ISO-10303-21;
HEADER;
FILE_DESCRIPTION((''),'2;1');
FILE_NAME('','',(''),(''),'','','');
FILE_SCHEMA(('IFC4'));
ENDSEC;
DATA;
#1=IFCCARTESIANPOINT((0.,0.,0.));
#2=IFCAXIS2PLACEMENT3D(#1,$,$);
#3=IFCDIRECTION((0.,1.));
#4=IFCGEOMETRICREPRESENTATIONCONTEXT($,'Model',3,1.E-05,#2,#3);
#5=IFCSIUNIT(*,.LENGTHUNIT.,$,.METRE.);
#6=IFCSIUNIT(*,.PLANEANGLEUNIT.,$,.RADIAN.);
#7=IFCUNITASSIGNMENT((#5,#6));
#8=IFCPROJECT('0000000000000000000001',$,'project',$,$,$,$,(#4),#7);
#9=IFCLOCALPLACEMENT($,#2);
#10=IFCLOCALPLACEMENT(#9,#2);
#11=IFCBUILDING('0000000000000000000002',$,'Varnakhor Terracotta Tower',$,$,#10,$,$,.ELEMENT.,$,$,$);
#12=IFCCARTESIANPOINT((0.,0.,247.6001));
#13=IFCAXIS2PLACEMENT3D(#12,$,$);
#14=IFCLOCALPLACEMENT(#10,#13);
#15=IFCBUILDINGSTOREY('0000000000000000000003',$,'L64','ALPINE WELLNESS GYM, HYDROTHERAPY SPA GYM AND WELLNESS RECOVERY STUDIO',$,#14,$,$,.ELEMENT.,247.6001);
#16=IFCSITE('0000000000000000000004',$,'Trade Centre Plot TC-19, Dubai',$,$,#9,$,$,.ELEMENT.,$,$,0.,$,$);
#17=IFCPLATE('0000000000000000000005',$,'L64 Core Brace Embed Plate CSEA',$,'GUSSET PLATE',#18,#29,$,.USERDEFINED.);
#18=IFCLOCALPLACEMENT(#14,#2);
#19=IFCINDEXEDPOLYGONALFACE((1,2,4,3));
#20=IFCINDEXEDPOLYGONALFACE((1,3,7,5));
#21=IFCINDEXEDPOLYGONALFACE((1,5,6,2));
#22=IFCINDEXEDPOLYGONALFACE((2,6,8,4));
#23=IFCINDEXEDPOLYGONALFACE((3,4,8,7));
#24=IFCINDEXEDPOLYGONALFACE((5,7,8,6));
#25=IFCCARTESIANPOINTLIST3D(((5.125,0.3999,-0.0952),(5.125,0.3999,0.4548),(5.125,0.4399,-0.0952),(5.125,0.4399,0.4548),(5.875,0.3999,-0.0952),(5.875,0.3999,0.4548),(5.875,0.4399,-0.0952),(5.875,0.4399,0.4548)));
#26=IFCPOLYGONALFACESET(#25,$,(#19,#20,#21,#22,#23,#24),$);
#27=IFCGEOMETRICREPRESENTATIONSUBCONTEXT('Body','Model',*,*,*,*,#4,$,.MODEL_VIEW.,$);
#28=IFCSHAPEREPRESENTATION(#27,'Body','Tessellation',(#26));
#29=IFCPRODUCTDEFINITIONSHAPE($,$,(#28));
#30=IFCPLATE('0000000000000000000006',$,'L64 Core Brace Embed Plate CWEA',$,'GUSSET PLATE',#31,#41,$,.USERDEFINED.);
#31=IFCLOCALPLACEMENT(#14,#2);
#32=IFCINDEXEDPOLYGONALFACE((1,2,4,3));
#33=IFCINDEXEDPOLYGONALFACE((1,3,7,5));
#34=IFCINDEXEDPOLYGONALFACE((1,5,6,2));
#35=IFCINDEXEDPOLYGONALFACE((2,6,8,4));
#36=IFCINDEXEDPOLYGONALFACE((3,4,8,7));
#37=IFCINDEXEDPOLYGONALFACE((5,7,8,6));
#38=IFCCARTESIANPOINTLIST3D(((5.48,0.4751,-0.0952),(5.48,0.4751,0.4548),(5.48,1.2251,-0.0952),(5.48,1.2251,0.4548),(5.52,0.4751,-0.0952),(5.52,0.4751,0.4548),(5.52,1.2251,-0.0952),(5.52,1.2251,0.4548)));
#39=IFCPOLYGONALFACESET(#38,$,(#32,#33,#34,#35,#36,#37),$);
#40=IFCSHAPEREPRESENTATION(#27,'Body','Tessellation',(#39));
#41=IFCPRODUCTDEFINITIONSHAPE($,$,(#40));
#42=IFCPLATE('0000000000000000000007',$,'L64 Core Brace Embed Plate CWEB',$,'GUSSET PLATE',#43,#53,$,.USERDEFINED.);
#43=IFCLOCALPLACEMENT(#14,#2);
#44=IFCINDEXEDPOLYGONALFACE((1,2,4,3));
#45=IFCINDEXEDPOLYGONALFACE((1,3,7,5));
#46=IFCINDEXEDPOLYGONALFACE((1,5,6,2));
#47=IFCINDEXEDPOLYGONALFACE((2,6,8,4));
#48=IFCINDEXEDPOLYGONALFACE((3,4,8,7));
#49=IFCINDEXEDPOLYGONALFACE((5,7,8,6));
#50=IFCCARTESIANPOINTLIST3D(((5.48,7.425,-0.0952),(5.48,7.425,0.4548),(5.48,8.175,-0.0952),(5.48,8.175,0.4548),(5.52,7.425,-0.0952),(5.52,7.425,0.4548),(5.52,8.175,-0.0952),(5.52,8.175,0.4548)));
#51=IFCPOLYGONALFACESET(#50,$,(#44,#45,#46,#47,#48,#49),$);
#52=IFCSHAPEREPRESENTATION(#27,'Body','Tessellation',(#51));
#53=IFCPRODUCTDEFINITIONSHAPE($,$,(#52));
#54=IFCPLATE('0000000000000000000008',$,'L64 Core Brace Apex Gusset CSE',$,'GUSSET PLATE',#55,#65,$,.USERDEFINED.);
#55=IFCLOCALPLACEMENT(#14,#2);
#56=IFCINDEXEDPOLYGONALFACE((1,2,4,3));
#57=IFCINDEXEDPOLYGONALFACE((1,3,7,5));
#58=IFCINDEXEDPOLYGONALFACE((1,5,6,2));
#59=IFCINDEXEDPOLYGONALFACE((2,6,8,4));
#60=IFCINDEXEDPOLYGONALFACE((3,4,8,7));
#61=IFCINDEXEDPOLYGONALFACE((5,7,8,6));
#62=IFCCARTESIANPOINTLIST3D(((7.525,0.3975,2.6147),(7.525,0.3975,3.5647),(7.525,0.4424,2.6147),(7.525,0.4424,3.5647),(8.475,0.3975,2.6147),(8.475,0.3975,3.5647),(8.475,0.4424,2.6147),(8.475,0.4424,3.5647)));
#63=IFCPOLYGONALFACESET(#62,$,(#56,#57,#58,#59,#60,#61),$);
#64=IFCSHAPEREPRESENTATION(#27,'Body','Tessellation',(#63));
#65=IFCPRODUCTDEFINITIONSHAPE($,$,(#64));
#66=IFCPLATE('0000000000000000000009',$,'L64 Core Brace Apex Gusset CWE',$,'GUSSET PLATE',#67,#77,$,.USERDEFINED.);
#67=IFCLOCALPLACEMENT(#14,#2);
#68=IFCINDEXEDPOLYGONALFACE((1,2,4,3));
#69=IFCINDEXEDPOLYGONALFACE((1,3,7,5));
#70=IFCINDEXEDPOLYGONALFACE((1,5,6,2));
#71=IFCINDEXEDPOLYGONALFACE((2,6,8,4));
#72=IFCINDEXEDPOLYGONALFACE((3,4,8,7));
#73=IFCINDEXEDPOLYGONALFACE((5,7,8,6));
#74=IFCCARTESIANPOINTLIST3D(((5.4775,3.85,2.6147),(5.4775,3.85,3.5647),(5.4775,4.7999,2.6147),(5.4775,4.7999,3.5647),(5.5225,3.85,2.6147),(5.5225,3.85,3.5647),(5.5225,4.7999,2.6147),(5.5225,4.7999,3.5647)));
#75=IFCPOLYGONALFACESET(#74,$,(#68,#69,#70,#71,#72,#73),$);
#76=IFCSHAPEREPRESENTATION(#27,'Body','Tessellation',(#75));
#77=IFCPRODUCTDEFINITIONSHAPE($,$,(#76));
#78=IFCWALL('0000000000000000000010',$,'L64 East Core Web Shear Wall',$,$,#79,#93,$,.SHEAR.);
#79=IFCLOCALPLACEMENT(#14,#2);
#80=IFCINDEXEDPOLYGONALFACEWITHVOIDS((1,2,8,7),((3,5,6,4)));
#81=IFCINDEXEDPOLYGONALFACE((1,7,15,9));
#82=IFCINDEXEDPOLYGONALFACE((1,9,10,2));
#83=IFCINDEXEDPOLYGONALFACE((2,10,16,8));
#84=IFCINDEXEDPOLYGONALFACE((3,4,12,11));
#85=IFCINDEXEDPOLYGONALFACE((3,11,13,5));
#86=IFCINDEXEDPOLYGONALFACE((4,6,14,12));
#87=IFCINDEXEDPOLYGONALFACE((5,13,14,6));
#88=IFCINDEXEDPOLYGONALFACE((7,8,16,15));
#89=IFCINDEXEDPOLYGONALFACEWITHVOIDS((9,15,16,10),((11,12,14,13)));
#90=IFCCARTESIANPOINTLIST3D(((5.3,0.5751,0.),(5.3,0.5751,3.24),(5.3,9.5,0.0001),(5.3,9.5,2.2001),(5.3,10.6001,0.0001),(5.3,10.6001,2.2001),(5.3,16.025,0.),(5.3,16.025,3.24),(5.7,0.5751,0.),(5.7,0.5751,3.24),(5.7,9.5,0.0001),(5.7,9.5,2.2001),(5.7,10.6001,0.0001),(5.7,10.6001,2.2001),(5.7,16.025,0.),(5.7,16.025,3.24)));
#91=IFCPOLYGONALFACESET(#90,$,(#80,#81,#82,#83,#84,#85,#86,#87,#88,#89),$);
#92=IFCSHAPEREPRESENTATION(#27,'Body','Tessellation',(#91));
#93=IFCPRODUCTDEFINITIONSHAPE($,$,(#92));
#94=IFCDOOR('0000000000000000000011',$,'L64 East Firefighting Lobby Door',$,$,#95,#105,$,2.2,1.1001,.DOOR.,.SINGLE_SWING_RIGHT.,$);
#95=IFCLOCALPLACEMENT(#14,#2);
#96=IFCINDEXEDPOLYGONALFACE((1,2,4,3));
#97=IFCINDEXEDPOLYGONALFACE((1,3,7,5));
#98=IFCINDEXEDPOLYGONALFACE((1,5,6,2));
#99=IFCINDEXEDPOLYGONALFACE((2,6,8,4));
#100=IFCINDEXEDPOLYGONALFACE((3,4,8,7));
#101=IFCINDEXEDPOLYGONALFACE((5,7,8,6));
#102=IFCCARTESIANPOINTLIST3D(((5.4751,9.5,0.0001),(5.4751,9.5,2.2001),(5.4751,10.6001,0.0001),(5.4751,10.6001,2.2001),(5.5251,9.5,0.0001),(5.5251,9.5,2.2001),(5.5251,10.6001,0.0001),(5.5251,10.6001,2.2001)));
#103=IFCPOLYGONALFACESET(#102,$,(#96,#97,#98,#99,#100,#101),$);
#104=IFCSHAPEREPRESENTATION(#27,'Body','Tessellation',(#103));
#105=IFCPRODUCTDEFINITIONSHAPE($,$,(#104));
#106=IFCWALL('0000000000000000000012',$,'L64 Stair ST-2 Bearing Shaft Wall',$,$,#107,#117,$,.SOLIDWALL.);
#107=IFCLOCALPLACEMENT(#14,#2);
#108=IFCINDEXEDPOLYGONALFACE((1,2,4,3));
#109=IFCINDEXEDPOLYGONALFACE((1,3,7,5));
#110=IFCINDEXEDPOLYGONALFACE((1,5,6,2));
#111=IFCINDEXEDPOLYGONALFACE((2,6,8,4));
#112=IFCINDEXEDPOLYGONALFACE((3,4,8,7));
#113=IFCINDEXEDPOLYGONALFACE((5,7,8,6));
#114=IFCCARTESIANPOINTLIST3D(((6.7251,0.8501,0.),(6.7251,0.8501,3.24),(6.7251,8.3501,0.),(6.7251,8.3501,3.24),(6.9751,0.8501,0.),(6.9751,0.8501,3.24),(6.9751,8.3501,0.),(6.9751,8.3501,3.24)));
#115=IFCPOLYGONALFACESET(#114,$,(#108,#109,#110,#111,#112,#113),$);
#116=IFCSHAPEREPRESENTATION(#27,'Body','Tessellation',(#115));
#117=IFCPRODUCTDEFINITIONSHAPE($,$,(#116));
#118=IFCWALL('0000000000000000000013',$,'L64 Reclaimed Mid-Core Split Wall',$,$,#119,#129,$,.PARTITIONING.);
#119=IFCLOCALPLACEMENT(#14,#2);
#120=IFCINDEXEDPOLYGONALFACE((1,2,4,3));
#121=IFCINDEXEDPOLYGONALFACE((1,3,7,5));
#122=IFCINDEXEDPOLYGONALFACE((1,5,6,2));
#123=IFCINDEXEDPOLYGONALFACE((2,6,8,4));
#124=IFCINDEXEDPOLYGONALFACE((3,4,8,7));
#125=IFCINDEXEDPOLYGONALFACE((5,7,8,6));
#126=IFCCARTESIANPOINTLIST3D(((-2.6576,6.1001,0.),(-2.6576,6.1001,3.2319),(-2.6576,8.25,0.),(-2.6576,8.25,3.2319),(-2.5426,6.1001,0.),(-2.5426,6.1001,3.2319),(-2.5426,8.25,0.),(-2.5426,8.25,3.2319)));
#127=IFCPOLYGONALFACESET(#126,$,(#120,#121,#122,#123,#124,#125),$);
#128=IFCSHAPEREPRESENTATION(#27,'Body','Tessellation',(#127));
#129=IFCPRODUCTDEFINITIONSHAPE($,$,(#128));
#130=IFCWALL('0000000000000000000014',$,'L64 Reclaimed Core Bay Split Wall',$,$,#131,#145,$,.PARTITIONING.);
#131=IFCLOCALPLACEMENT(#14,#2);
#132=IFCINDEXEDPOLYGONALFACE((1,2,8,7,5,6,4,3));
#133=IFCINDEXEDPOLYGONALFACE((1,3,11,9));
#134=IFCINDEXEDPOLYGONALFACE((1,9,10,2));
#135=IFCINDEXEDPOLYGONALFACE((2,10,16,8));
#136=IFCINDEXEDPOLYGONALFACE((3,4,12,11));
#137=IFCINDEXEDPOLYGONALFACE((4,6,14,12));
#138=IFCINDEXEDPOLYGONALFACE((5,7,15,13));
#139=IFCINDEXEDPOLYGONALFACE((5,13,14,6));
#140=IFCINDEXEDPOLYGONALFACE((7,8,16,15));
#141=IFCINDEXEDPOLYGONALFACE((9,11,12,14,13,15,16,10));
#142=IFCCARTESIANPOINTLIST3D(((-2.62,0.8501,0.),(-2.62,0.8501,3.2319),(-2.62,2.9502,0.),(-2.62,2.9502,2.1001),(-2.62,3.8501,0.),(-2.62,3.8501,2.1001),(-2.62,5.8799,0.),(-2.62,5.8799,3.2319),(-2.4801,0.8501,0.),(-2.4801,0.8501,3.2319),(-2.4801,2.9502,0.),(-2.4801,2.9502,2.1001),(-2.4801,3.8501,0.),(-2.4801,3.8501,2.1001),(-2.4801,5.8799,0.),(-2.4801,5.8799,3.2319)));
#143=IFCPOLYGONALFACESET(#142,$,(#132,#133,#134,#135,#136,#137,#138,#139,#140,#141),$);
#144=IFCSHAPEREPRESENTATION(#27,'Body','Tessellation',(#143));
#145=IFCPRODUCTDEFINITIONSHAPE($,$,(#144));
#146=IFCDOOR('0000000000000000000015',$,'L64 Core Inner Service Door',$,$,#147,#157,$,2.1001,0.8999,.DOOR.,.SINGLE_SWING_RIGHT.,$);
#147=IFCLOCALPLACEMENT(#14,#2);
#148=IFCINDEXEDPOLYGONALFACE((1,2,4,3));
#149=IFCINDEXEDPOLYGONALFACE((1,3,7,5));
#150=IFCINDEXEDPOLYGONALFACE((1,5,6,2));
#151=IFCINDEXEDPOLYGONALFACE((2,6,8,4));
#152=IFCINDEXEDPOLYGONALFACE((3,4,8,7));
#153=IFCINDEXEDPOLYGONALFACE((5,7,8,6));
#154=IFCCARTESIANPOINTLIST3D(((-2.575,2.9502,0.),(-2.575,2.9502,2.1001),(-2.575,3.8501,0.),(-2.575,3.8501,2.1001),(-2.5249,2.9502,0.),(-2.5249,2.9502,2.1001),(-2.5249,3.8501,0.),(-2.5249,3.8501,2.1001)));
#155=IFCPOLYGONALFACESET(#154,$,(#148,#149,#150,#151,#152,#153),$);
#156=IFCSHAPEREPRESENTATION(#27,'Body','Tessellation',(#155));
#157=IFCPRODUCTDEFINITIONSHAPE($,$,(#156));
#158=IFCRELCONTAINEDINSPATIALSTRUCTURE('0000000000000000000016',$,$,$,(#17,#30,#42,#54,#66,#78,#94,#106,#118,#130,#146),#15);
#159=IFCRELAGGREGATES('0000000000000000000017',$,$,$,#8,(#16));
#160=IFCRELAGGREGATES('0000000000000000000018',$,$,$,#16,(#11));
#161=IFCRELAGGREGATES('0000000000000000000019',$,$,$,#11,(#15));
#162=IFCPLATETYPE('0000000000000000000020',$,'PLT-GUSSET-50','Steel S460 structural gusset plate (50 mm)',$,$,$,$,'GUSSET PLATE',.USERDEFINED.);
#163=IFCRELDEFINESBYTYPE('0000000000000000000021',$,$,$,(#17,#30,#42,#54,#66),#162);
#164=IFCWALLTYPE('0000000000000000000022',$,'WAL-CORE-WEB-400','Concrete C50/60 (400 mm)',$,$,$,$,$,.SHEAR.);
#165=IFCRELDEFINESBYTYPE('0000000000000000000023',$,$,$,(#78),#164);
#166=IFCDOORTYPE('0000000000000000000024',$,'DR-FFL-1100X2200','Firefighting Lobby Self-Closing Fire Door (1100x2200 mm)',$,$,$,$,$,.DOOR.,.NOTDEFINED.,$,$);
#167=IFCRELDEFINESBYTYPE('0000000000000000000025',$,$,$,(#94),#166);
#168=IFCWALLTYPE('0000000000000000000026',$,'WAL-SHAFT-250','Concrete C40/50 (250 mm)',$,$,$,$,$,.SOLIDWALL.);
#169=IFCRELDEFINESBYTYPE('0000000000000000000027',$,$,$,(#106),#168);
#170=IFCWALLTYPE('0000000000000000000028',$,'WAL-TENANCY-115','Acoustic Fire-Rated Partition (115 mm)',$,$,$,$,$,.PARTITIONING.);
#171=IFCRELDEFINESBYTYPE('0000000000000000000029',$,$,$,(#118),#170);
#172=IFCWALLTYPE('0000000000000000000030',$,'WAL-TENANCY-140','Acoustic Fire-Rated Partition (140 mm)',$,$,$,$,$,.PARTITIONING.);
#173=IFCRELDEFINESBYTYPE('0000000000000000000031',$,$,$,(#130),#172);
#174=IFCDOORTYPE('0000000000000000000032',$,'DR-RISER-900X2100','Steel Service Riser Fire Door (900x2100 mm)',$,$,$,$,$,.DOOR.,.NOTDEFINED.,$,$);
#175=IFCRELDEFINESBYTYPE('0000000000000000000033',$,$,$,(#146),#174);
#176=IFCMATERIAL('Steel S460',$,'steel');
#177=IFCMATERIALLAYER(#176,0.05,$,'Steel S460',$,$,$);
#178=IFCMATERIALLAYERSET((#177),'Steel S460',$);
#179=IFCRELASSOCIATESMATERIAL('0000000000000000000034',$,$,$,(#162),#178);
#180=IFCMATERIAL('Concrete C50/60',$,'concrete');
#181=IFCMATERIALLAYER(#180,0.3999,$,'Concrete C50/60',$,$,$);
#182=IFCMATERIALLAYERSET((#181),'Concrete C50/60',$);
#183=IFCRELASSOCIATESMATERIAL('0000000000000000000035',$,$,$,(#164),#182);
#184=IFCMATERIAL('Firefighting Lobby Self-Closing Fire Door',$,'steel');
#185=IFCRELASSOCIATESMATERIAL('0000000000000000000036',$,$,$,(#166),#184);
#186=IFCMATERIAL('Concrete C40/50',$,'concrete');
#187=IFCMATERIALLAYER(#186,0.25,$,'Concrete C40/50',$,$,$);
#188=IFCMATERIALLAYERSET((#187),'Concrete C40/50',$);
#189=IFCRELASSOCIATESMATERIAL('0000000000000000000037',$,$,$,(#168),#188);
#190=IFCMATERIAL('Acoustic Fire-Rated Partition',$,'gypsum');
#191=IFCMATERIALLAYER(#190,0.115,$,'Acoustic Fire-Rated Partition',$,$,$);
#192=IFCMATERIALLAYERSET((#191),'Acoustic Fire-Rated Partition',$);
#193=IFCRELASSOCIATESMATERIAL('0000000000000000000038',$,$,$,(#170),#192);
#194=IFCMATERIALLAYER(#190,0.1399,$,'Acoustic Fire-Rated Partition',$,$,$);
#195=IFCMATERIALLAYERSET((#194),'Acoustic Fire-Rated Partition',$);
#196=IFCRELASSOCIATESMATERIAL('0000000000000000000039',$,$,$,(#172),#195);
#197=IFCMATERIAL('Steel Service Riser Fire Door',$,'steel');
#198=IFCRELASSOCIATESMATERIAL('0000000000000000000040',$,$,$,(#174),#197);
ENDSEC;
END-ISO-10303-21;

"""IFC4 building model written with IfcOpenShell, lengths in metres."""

from ifc_helpers import new_model, si_unit, direction, frame, frame_2d, origin, origin_2d, place, context, subcontext, project, spatial, rectangle, extrude, source, transform, mapped, material, layer, layer_set, type_object, type_shapes, element, fill, save


model = new_model("IFC4")

# Units and contexts
model_context = context("Model", 3, precision=1e-05, world=origin(), true_north=direction((0.0, 1.0)))
body_context = subcontext(model_context, "Body", "Model", "MODEL_VIEW")
ifc_project = project(units=[si_unit("LENGTHUNIT", "METRE"), si_unit("PLANEANGLEUNIT", "RADIAN")], contexts=[model_context])

# Site, building, storey
site_placement = place(None, origin())
site = spatial("IfcSite", under=ifc_project, at=site_placement, Name="Trade Centre Plot TC-19, Dubai", CompositionType="ELEMENT", RefElevation=0.0)
building_placement = place(site_placement, origin())
building = spatial("IfcBuilding", under=site, at=building_placement, Name="Varnakhor Terracotta Tower", CompositionType="ELEMENT")
storey_placement = place(building_placement, frame((0.0, 0.0, 247.6001)))
storey = spatial("IfcBuildingStorey", under=building, at=storey_placement, Name="L64", Description="ALPINE WELLNESS GYM, HYDROTHERAPY SPA GYM AND WELLNESS RECOVERY STUDIO", CompositionType="ELEMENT", Elevation=247.6001)

# Shared definitions
ifc_material_1 = material(Name="Concrete C50/60", Category="concrete")

# Shared definitions
ifc_material_2 = material(Name="Concrete C40/50", Category="concrete")

# Plates
ifc_material_3 = material(Name="Steel S460", Category="steel")
ifc_layer_1 = layer(ifc_material_3, 0.05, Name="Steel S460")
ifc_layer_set_1 = layer_set([ifc_layer_1], Name="Steel S460")
plate_type = type_object("IfcPlateType", Name="PLT-GUSSET-50", Description="Steel S460 structural gusset plate (50 mm)", ElementType="GUSSET PLATE", PredefinedType="USERDEFINED", material=ifc_layer_set_1)
shared_shape_1 = source(origin(), body_context, "Body", "SweptSolid", [
    extrude(rectangle(XDim=0.75, YDim=0.04, at=origin_2d()), origin(), (0.0, 0.0, 1.0), 0.55),
])
type_shapes(plate_type, [shared_shape_1])
for number, where, z_axis, x_axis, name in (
    (1, (5.5, 0.4199, -0.0952), (0.0, 0.0, 1.0), (1.0, 0.0, 0.0), "L64 Core Brace Embed Plate CSEA"),
    (2, (5.5, 0.8501, -0.0952), (0.0, 0.0, 1.0), (0.0, 1.0, 0.0), "L64 Core Brace Embed Plate CWEA"),
    (3, (5.5, 7.8, -0.0952), (0.0, 0.0, 1.0), (0.0, 1.0, 0.0), "L64 Core Brace Embed Plate CWEB"),
):
    element("IfcPlate", number, at=place(storey_placement, frame(where, z_axis=z_axis, x_axis=x_axis)), inside=storey, type_object=plate_type, Name=name, ObjectType="GUSSET PLATE", PredefinedType="USERDEFINED", context=body_context, shape_type="MappedRepresentation", body=[
        mapped(shared_shape_1, transform((0.0, 0.0, 0.0), scale=1.0)),
    ])
shared_shape_2 = source(origin(), body_context, "Body", "SweptSolid", [
    extrude(rectangle(XDim=0.95, YDim=0.0449, at=origin_2d()), origin(), (0.0, 0.0, 1.0), 0.95),
])
for number, where, z_axis, x_axis, name in (
    (4, (8.0, 0.4199, 2.6147), (0.0, 0.0, 1.0), (1.0, 0.0, 0.0), "L64 Core Brace Apex Gusset CSE"),
    (5, (5.5, 4.325, 2.6147), (0.0, 0.0, 1.0), (0.0, 1.0, 0.0), "L64 Core Brace Apex Gusset CWE"),
):
    element("IfcPlate", number, at=place(storey_placement, frame(where, z_axis=z_axis, x_axis=x_axis)), inside=storey, type_object=plate_type, Name=name, ObjectType="GUSSET PLATE", PredefinedType="USERDEFINED", context=body_context, shape_type="MappedRepresentation", body=[
        mapped(shared_shape_2, transform((0.0, 0.0, 0.0), scale=1.0)),
    ])

# Wall, opening, door
ifc_layer_2 = layer(ifc_material_1, 0.3999, Name="Concrete C50/60")
ifc_layer_set_2 = layer_set([ifc_layer_2], Name="Concrete C50/60")
wall_type_1 = type_object("IfcWallType", Name="WAL-CORE-WEB-400", Description="Concrete C50/60 (400 mm)", PredefinedType="SHEAR", material=ifc_layer_set_2)
wall_1_placement = place(storey_placement, frame((5.5, 0.575, 0.0), z_axis=(0.0, 0.0, 1.0), x_axis=(0.0, 1.0, 0.0)))
wall_1 = element("IfcWall", 6, at=wall_1_placement, inside=storey, type_object=wall_type_1, Name="L64 East Core Web Shear Wall", PredefinedType="SHEAR", context=body_context, shape_type="SweptSolid", body=[
    extrude(rectangle(XDim=15.45, YDim=0.3999, at=frame_2d((7.7251, 0.0))), origin(), (0.0, 0.0, 1.0), 3.24),
])
opening_1_placement = place(wall_1_placement, frame((8.925, 0.0, 0.0)))
opening_1 = element("IfcOpeningElement", 7, at=opening_1_placement, cuts=wall_1, PredefinedType="OPENING", context=body_context, shape_type="SweptSolid", body=[
    extrude(rectangle(XDim=1.1001, YDim=2.2, at=frame_2d((0.55, 1.1001))), frame((0.0, 0.21, 0.0), z_axis=(0.0, -1.0, 0.0), x_axis=(1.0, 0.0, 0.0)), (0.0, 0.0, 1.0), 0.4199),
])
ifc_material_4 = material(Name="Firefighting Lobby Self-Closing Fire Door", Category="steel")
door_type_1 = type_object("IfcDoorType", Name="DR-FFL-1100X2200", Description="Firefighting Lobby Self-Closing Fire Door (1100x2200 mm)", OperationType="NOTDEFINED", PredefinedType="DOOR", material=ifc_material_4)
shared_shape_3 = source(origin(), body_context, "Body", "SweptSolid", [
    extrude(rectangle(XDim=1.1001, YDim=2.2, at=frame_2d((0.55, 1.1001))), frame((0.0, 0.0249, 0.0), z_axis=(0.0, -1.0, 0.0), x_axis=(1.0, 0.0, 0.0)), (0.0, 0.0, 1.0), 0.05),
])
type_shapes(door_type_1, [shared_shape_3])
door_1_placement = place(opening_1_placement, origin())
door_1 = element("IfcDoor", 8, at=door_1_placement, inside=storey, type_object=door_type_1, Name="L64 East Firefighting Lobby Door", OperationType="SINGLE_SWING_RIGHT", OverallHeight=2.2, OverallWidth=1.1001, PredefinedType="DOOR", context=body_context, shape_type="MappedRepresentation", body=[
    mapped(shared_shape_3, transform((0.0, 0.0, 0.0), scale=1.0)),
])
fill(opening_1, door_1)

# Walls
ifc_layer_3 = layer(ifc_material_2, 0.25, Name="Concrete C40/50")
ifc_layer_set_3 = layer_set([ifc_layer_3], Name="Concrete C40/50")
wall_type_2 = type_object("IfcWallType", Name="WAL-SHAFT-250", Description="Concrete C40/50 (250 mm)", PredefinedType="SOLIDWALL", material=ifc_layer_set_3)
wall_2_placement = place(storey_placement, frame((6.8501, 0.8501, 0.0), z_axis=(0.0, 0.0, 1.0), x_axis=(0.0, 1.0, 0.0)))
element("IfcWall", 9, at=wall_2_placement, inside=storey, type_object=wall_type_2, Name="L64 Stair ST-2 Bearing Shaft Wall", PredefinedType="SOLIDWALL", context=body_context, shape_type="SweptSolid", body=[
    extrude(rectangle(XDim=7.5, YDim=0.25, at=frame_2d((3.75, 0.0))), origin(), (0.0, 0.0, 1.0), 3.24),
])
ifc_material_5 = material(Name="Acoustic Fire-Rated Partition", Category="gypsum")
ifc_layer_4 = layer(ifc_material_5, 0.115, Name="Acoustic Fire-Rated Partition")
ifc_layer_set_4 = layer_set([ifc_layer_4], Name="Acoustic Fire-Rated Partition")
wall_type_3 = type_object("IfcWallType", Name="WAL-TENANCY-115", Description="Acoustic Fire-Rated Partition (115 mm)", PredefinedType="PARTITIONING", material=ifc_layer_set_4)
wall_3_placement = place(storey_placement, frame((-2.6001, 6.1001, 0.0), z_axis=(0.0, 0.0, 1.0), x_axis=(0.0, 1.0, 0.0)))
element("IfcWall", 10, at=wall_3_placement, inside=storey, type_object=wall_type_3, Name="L64 Reclaimed Mid-Core Split Wall", PredefinedType="PARTITIONING", context=body_context, shape_type="SweptSolid", body=[
    extrude(rectangle(XDim=2.1499, YDim=0.115, at=frame_2d((1.075, 0.0))), origin(), (0.0, 0.0, 1.0), 3.2319),
])

# Wall, opening, door
ifc_layer_5 = layer(ifc_material_5, 0.1399, Name="Acoustic Fire-Rated Partition")
ifc_layer_set_5 = layer_set([ifc_layer_5], Name="Acoustic Fire-Rated Partition")
wall_type_4 = type_object("IfcWallType", Name="WAL-TENANCY-140", Description="Acoustic Fire-Rated Partition (140 mm)", PredefinedType="PARTITIONING", material=ifc_layer_set_5)
wall_4_placement = place(storey_placement, frame((-2.55, 0.8501, 0.0), z_axis=(0.0, 0.0, 1.0), x_axis=(0.0, 1.0, 0.0)))
wall_4 = element("IfcWall", 11, at=wall_4_placement, inside=storey, type_object=wall_type_4, Name="L64 Reclaimed Core Bay Split Wall", PredefinedType="PARTITIONING", context=body_context, shape_type="SweptSolid", body=[
    extrude(rectangle(XDim=5.0298, YDim=0.1399, at=frame_2d((2.5149, 0.0))), origin(), (0.0, 0.0, 1.0), 3.2319),
])
opening_2_placement = place(wall_4_placement, frame((2.1001, 0.0, 0.0)))
opening_2 = element("IfcOpeningElement", 12, at=opening_2_placement, cuts=wall_4, PredefinedType="OPENING", context=body_context, shape_type="SweptSolid", body=[
    extrude(rectangle(XDim=0.8999, YDim=2.1001, at=frame_2d((0.45, 1.05))), frame((0.0, 0.0801, 0.0), z_axis=(0.0, -1.0, 0.0), x_axis=(1.0, 0.0, 0.0)), (0.0, 0.0, 1.0), 0.1599),
])
ifc_material_6 = material(Name="Steel Service Riser Fire Door", Category="steel")
door_type_2 = type_object("IfcDoorType", Name="DR-RISER-900X2100", Description="Steel Service Riser Fire Door (900x2100 mm)", OperationType="NOTDEFINED", PredefinedType="DOOR", material=ifc_material_6)
shared_shape_4 = source(origin(), body_context, "Body", "SweptSolid", [
    extrude(rectangle(XDim=0.8999, YDim=2.1001, at=frame_2d((0.45, 1.05))), frame((0.0, 0.0249, 0.0), z_axis=(0.0, -1.0, 0.0), x_axis=(1.0, 0.0, 0.0)), (0.0, 0.0, 1.0), 0.05),
])
type_shapes(door_type_2, [shared_shape_4])
door_2_placement = place(opening_2_placement, origin())
door_2 = element("IfcDoor", 13, at=door_2_placement, inside=storey, type_object=door_type_2, Name="L64 Core Inner Service Door", OperationType="SINGLE_SWING_RIGHT", OverallHeight=2.1001, OverallWidth=0.8999, PredefinedType="DOOR", context=body_context, shape_type="MappedRepresentation", body=[
    mapped(shared_shape_4, transform((0.0, 0.0, 0.0), scale=1.0)),
])
fill(opening_2, door_2)

save(model, "model.ifc")
